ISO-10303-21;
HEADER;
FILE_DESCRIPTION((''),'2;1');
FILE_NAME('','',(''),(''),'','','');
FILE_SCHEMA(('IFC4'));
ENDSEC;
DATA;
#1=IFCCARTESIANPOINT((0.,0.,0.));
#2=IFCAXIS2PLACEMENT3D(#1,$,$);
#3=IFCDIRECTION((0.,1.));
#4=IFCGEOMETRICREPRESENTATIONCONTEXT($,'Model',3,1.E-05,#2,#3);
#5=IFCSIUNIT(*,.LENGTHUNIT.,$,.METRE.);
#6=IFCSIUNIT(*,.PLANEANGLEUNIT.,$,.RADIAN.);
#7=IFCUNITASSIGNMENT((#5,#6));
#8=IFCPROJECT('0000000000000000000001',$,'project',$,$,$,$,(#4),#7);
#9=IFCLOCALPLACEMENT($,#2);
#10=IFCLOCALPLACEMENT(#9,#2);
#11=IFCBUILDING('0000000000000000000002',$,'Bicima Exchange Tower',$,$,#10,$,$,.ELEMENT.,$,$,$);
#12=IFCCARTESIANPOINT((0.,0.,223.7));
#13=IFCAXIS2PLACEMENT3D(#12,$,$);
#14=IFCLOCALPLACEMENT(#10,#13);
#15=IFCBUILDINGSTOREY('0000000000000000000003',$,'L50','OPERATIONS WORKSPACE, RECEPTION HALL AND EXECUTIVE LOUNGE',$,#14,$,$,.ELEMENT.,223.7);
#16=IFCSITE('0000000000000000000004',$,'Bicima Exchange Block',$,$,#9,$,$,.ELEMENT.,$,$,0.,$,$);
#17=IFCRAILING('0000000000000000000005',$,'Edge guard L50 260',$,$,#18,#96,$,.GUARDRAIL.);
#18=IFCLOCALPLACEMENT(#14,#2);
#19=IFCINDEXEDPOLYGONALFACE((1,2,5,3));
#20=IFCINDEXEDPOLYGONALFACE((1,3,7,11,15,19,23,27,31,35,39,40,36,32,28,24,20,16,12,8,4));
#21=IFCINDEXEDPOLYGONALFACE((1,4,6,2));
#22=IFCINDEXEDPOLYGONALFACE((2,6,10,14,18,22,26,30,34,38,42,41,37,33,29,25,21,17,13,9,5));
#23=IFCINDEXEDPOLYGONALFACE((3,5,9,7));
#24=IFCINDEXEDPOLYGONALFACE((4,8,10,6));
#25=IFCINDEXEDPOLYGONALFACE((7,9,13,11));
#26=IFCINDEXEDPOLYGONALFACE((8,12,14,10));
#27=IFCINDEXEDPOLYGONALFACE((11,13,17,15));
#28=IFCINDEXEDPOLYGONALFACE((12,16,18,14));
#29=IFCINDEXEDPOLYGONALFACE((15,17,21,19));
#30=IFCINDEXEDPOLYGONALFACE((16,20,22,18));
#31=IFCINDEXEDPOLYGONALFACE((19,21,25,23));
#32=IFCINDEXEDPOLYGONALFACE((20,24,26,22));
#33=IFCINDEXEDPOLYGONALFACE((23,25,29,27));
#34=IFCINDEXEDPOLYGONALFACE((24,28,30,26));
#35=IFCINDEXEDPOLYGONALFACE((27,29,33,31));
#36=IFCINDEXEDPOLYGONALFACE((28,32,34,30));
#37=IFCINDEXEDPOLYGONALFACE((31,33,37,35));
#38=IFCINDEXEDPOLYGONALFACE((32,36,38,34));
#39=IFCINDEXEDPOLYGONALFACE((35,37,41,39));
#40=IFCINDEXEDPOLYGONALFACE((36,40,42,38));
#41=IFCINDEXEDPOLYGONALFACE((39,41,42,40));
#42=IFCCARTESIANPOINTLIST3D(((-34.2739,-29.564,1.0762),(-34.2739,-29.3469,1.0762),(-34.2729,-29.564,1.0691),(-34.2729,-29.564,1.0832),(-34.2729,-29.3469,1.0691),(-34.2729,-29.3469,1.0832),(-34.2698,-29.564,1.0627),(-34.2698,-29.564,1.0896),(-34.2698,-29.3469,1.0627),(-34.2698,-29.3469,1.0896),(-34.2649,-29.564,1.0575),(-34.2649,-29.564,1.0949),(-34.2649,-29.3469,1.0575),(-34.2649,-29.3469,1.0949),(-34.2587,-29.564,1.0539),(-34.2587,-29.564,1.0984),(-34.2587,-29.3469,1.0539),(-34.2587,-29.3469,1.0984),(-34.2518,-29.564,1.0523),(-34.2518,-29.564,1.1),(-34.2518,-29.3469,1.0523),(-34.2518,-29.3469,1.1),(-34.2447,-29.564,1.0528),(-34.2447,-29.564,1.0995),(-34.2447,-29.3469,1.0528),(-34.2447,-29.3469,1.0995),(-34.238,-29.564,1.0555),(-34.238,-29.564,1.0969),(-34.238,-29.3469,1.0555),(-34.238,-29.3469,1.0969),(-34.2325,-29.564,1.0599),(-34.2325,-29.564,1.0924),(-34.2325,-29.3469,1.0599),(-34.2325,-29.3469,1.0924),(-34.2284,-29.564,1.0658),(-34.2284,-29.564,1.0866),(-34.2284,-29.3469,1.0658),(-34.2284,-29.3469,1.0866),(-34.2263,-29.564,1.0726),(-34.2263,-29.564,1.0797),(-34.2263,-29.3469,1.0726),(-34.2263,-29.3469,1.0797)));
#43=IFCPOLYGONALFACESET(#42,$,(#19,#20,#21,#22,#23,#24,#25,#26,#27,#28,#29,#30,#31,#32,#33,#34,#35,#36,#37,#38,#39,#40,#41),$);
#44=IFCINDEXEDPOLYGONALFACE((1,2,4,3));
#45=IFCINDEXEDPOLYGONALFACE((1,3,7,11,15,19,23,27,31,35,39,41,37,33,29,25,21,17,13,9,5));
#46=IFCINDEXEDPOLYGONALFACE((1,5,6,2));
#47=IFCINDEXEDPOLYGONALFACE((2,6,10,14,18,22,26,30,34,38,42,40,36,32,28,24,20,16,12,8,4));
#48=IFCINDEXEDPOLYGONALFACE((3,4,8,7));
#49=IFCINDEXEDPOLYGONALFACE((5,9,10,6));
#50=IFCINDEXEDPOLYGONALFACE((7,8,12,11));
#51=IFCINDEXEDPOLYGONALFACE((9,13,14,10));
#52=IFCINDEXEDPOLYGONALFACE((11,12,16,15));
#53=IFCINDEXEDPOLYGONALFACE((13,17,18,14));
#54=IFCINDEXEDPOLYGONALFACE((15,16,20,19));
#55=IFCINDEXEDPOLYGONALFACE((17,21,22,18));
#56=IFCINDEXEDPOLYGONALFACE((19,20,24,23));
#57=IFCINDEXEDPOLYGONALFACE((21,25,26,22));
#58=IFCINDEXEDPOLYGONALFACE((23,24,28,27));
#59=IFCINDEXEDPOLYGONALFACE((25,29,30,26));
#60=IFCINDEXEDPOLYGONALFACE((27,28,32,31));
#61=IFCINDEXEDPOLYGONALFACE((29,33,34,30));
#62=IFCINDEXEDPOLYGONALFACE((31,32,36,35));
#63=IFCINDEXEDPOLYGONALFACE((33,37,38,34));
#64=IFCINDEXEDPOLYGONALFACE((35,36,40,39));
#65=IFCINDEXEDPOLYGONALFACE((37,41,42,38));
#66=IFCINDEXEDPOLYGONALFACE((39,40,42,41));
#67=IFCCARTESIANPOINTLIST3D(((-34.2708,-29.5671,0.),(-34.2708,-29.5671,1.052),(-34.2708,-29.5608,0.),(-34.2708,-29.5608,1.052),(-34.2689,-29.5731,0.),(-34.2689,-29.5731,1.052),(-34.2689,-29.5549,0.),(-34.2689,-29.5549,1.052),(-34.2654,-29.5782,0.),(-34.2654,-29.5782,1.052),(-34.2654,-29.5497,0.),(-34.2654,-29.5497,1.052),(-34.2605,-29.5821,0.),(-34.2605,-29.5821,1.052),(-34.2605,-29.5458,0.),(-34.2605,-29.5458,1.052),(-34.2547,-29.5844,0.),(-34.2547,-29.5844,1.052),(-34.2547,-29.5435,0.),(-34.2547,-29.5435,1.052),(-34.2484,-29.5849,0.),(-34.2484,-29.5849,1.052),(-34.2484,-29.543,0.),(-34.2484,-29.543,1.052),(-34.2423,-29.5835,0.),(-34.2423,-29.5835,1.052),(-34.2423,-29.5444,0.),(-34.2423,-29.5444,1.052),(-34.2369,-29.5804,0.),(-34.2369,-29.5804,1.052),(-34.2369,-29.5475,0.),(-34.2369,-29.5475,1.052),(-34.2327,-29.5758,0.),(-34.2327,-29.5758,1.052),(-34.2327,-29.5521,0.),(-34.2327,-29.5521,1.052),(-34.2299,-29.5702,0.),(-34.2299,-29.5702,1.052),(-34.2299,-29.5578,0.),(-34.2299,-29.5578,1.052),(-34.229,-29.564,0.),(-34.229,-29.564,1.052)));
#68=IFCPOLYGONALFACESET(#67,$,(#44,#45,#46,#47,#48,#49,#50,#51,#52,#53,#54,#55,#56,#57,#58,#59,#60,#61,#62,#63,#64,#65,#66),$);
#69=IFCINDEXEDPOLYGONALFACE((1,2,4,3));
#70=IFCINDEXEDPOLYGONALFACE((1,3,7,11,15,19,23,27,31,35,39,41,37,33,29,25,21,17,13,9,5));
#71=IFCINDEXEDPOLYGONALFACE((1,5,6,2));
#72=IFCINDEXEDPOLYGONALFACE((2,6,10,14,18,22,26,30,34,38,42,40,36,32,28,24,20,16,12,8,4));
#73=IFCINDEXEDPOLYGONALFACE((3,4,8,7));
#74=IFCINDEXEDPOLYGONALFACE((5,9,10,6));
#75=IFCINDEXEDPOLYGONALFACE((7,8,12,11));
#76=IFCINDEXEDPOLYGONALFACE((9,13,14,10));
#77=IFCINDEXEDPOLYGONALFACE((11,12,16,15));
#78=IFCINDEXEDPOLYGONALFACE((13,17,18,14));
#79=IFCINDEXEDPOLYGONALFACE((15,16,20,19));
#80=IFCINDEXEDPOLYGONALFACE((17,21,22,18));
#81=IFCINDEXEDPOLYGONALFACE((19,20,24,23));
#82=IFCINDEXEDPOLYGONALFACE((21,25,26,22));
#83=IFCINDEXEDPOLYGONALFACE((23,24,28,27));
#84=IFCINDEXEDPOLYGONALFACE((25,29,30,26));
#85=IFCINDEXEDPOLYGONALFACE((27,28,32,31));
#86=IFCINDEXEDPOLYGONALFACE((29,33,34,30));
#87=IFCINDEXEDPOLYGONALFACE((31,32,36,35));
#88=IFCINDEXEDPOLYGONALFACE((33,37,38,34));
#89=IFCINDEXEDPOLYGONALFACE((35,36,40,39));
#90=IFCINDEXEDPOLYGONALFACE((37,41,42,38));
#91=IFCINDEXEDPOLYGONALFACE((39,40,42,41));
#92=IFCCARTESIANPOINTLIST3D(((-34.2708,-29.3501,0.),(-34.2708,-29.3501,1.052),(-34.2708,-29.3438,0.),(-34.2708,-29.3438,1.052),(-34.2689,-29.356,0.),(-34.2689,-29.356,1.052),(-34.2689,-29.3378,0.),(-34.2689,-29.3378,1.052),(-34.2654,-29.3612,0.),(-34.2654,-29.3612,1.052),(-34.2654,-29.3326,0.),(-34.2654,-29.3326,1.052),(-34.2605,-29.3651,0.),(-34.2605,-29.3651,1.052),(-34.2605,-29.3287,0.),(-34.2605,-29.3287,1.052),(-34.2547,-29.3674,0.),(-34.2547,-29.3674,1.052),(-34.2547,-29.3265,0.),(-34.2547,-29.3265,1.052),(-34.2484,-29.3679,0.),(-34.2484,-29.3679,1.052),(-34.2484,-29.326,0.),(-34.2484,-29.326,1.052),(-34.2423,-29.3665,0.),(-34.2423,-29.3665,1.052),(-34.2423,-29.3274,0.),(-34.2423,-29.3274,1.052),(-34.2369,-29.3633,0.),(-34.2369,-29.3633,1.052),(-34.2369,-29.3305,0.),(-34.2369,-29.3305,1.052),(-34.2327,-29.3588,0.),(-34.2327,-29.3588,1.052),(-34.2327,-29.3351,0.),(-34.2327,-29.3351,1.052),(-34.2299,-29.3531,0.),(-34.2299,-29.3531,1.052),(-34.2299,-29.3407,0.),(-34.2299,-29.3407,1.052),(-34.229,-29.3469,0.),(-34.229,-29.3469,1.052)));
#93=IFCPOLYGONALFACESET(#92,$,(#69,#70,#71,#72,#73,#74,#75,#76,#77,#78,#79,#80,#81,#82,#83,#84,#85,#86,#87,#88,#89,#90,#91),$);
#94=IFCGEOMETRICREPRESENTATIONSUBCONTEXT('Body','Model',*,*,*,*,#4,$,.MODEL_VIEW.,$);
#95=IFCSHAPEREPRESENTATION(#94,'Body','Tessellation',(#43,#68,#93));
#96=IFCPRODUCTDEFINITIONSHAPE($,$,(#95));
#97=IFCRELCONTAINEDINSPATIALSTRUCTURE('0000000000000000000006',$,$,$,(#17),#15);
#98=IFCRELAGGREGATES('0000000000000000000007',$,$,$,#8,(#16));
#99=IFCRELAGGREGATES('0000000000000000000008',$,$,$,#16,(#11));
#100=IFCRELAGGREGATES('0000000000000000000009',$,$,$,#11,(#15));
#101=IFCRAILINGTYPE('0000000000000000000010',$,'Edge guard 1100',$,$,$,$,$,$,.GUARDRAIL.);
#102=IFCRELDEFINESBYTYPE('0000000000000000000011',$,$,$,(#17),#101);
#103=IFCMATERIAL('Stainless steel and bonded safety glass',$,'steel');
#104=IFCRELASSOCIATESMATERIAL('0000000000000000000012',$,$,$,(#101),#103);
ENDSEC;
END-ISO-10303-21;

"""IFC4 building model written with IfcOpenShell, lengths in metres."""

from ifc_helpers import new_model, si_unit, direction, frame, origin, origin_2d, place, context, subcontext, project, spatial, circle, extrude, material, type_object, element, save


model = new_model("IFC4")

# Units and contexts
model_context = context("Model", 3, precision=1e-05, world=origin(), true_north=direction((0.0, 1.0)))
body_context = subcontext(model_context, "Body", "Model", "MODEL_VIEW")
ifc_project = project(units=[si_unit("LENGTHUNIT", "METRE"), si_unit("PLANEANGLEUNIT", "RADIAN")], contexts=[model_context])

# Site, building, storey
site_placement = place(None, origin())
site = spatial("IfcSite", under=ifc_project, at=site_placement, Name="Bicima Exchange Block", CompositionType="ELEMENT", RefElevation=0.0)
building_placement = place(site_placement, origin())
building = spatial("IfcBuilding", under=site, at=building_placement, Name="Bicima Exchange Tower", CompositionType="ELEMENT")
storey_placement = place(building_placement, frame((0.0, 0.0, 223.7)))
storey = spatial("IfcBuildingStorey", under=building, at=storey_placement, Name="L50", Description="OPERATIONS WORKSPACE, RECEPTION HALL AND EXECUTIVE LOUNGE", CompositionType="ELEMENT", Elevation=223.7)

# Railing
ifc_material_1 = material(Name="Stainless steel and bonded safety glass", Category="steel")
railing_type = type_object("IfcRailingType", Name="Edge guard 1100", PredefinedType="GUARDRAIL", material=ifc_material_1)
railing_1_placement = place(storey_placement, frame((-34.25, -29.564, 0.0)))
element("IfcRailing", 1, at=railing_1_placement, inside=storey, type_object=railing_type, Name="Edge guard L50 260", PredefinedType="GUARDRAIL", context=body_context, shape_type="SweptSolid", body=[
    extrude(circle(Radius=0.0239, at=origin_2d()), frame((0.0, 0.0, 1.0762), z_axis=(0.0, 1.0, 0.0), x_axis=(-1.0, 0.0, 0.0)), (0.0, 0.0, 1.0), 0.217),
    extrude(circle(Radius=0.021, at=origin_2d()), origin(), (0.0, 0.0, 1.0), 1.052),
    extrude(circle(Radius=0.021, at=origin_2d()), frame((0.0, 0.217, 0.0)), (0.0, 0.0, 1.0), 1.052),
])

save(model, "model.ifc")
